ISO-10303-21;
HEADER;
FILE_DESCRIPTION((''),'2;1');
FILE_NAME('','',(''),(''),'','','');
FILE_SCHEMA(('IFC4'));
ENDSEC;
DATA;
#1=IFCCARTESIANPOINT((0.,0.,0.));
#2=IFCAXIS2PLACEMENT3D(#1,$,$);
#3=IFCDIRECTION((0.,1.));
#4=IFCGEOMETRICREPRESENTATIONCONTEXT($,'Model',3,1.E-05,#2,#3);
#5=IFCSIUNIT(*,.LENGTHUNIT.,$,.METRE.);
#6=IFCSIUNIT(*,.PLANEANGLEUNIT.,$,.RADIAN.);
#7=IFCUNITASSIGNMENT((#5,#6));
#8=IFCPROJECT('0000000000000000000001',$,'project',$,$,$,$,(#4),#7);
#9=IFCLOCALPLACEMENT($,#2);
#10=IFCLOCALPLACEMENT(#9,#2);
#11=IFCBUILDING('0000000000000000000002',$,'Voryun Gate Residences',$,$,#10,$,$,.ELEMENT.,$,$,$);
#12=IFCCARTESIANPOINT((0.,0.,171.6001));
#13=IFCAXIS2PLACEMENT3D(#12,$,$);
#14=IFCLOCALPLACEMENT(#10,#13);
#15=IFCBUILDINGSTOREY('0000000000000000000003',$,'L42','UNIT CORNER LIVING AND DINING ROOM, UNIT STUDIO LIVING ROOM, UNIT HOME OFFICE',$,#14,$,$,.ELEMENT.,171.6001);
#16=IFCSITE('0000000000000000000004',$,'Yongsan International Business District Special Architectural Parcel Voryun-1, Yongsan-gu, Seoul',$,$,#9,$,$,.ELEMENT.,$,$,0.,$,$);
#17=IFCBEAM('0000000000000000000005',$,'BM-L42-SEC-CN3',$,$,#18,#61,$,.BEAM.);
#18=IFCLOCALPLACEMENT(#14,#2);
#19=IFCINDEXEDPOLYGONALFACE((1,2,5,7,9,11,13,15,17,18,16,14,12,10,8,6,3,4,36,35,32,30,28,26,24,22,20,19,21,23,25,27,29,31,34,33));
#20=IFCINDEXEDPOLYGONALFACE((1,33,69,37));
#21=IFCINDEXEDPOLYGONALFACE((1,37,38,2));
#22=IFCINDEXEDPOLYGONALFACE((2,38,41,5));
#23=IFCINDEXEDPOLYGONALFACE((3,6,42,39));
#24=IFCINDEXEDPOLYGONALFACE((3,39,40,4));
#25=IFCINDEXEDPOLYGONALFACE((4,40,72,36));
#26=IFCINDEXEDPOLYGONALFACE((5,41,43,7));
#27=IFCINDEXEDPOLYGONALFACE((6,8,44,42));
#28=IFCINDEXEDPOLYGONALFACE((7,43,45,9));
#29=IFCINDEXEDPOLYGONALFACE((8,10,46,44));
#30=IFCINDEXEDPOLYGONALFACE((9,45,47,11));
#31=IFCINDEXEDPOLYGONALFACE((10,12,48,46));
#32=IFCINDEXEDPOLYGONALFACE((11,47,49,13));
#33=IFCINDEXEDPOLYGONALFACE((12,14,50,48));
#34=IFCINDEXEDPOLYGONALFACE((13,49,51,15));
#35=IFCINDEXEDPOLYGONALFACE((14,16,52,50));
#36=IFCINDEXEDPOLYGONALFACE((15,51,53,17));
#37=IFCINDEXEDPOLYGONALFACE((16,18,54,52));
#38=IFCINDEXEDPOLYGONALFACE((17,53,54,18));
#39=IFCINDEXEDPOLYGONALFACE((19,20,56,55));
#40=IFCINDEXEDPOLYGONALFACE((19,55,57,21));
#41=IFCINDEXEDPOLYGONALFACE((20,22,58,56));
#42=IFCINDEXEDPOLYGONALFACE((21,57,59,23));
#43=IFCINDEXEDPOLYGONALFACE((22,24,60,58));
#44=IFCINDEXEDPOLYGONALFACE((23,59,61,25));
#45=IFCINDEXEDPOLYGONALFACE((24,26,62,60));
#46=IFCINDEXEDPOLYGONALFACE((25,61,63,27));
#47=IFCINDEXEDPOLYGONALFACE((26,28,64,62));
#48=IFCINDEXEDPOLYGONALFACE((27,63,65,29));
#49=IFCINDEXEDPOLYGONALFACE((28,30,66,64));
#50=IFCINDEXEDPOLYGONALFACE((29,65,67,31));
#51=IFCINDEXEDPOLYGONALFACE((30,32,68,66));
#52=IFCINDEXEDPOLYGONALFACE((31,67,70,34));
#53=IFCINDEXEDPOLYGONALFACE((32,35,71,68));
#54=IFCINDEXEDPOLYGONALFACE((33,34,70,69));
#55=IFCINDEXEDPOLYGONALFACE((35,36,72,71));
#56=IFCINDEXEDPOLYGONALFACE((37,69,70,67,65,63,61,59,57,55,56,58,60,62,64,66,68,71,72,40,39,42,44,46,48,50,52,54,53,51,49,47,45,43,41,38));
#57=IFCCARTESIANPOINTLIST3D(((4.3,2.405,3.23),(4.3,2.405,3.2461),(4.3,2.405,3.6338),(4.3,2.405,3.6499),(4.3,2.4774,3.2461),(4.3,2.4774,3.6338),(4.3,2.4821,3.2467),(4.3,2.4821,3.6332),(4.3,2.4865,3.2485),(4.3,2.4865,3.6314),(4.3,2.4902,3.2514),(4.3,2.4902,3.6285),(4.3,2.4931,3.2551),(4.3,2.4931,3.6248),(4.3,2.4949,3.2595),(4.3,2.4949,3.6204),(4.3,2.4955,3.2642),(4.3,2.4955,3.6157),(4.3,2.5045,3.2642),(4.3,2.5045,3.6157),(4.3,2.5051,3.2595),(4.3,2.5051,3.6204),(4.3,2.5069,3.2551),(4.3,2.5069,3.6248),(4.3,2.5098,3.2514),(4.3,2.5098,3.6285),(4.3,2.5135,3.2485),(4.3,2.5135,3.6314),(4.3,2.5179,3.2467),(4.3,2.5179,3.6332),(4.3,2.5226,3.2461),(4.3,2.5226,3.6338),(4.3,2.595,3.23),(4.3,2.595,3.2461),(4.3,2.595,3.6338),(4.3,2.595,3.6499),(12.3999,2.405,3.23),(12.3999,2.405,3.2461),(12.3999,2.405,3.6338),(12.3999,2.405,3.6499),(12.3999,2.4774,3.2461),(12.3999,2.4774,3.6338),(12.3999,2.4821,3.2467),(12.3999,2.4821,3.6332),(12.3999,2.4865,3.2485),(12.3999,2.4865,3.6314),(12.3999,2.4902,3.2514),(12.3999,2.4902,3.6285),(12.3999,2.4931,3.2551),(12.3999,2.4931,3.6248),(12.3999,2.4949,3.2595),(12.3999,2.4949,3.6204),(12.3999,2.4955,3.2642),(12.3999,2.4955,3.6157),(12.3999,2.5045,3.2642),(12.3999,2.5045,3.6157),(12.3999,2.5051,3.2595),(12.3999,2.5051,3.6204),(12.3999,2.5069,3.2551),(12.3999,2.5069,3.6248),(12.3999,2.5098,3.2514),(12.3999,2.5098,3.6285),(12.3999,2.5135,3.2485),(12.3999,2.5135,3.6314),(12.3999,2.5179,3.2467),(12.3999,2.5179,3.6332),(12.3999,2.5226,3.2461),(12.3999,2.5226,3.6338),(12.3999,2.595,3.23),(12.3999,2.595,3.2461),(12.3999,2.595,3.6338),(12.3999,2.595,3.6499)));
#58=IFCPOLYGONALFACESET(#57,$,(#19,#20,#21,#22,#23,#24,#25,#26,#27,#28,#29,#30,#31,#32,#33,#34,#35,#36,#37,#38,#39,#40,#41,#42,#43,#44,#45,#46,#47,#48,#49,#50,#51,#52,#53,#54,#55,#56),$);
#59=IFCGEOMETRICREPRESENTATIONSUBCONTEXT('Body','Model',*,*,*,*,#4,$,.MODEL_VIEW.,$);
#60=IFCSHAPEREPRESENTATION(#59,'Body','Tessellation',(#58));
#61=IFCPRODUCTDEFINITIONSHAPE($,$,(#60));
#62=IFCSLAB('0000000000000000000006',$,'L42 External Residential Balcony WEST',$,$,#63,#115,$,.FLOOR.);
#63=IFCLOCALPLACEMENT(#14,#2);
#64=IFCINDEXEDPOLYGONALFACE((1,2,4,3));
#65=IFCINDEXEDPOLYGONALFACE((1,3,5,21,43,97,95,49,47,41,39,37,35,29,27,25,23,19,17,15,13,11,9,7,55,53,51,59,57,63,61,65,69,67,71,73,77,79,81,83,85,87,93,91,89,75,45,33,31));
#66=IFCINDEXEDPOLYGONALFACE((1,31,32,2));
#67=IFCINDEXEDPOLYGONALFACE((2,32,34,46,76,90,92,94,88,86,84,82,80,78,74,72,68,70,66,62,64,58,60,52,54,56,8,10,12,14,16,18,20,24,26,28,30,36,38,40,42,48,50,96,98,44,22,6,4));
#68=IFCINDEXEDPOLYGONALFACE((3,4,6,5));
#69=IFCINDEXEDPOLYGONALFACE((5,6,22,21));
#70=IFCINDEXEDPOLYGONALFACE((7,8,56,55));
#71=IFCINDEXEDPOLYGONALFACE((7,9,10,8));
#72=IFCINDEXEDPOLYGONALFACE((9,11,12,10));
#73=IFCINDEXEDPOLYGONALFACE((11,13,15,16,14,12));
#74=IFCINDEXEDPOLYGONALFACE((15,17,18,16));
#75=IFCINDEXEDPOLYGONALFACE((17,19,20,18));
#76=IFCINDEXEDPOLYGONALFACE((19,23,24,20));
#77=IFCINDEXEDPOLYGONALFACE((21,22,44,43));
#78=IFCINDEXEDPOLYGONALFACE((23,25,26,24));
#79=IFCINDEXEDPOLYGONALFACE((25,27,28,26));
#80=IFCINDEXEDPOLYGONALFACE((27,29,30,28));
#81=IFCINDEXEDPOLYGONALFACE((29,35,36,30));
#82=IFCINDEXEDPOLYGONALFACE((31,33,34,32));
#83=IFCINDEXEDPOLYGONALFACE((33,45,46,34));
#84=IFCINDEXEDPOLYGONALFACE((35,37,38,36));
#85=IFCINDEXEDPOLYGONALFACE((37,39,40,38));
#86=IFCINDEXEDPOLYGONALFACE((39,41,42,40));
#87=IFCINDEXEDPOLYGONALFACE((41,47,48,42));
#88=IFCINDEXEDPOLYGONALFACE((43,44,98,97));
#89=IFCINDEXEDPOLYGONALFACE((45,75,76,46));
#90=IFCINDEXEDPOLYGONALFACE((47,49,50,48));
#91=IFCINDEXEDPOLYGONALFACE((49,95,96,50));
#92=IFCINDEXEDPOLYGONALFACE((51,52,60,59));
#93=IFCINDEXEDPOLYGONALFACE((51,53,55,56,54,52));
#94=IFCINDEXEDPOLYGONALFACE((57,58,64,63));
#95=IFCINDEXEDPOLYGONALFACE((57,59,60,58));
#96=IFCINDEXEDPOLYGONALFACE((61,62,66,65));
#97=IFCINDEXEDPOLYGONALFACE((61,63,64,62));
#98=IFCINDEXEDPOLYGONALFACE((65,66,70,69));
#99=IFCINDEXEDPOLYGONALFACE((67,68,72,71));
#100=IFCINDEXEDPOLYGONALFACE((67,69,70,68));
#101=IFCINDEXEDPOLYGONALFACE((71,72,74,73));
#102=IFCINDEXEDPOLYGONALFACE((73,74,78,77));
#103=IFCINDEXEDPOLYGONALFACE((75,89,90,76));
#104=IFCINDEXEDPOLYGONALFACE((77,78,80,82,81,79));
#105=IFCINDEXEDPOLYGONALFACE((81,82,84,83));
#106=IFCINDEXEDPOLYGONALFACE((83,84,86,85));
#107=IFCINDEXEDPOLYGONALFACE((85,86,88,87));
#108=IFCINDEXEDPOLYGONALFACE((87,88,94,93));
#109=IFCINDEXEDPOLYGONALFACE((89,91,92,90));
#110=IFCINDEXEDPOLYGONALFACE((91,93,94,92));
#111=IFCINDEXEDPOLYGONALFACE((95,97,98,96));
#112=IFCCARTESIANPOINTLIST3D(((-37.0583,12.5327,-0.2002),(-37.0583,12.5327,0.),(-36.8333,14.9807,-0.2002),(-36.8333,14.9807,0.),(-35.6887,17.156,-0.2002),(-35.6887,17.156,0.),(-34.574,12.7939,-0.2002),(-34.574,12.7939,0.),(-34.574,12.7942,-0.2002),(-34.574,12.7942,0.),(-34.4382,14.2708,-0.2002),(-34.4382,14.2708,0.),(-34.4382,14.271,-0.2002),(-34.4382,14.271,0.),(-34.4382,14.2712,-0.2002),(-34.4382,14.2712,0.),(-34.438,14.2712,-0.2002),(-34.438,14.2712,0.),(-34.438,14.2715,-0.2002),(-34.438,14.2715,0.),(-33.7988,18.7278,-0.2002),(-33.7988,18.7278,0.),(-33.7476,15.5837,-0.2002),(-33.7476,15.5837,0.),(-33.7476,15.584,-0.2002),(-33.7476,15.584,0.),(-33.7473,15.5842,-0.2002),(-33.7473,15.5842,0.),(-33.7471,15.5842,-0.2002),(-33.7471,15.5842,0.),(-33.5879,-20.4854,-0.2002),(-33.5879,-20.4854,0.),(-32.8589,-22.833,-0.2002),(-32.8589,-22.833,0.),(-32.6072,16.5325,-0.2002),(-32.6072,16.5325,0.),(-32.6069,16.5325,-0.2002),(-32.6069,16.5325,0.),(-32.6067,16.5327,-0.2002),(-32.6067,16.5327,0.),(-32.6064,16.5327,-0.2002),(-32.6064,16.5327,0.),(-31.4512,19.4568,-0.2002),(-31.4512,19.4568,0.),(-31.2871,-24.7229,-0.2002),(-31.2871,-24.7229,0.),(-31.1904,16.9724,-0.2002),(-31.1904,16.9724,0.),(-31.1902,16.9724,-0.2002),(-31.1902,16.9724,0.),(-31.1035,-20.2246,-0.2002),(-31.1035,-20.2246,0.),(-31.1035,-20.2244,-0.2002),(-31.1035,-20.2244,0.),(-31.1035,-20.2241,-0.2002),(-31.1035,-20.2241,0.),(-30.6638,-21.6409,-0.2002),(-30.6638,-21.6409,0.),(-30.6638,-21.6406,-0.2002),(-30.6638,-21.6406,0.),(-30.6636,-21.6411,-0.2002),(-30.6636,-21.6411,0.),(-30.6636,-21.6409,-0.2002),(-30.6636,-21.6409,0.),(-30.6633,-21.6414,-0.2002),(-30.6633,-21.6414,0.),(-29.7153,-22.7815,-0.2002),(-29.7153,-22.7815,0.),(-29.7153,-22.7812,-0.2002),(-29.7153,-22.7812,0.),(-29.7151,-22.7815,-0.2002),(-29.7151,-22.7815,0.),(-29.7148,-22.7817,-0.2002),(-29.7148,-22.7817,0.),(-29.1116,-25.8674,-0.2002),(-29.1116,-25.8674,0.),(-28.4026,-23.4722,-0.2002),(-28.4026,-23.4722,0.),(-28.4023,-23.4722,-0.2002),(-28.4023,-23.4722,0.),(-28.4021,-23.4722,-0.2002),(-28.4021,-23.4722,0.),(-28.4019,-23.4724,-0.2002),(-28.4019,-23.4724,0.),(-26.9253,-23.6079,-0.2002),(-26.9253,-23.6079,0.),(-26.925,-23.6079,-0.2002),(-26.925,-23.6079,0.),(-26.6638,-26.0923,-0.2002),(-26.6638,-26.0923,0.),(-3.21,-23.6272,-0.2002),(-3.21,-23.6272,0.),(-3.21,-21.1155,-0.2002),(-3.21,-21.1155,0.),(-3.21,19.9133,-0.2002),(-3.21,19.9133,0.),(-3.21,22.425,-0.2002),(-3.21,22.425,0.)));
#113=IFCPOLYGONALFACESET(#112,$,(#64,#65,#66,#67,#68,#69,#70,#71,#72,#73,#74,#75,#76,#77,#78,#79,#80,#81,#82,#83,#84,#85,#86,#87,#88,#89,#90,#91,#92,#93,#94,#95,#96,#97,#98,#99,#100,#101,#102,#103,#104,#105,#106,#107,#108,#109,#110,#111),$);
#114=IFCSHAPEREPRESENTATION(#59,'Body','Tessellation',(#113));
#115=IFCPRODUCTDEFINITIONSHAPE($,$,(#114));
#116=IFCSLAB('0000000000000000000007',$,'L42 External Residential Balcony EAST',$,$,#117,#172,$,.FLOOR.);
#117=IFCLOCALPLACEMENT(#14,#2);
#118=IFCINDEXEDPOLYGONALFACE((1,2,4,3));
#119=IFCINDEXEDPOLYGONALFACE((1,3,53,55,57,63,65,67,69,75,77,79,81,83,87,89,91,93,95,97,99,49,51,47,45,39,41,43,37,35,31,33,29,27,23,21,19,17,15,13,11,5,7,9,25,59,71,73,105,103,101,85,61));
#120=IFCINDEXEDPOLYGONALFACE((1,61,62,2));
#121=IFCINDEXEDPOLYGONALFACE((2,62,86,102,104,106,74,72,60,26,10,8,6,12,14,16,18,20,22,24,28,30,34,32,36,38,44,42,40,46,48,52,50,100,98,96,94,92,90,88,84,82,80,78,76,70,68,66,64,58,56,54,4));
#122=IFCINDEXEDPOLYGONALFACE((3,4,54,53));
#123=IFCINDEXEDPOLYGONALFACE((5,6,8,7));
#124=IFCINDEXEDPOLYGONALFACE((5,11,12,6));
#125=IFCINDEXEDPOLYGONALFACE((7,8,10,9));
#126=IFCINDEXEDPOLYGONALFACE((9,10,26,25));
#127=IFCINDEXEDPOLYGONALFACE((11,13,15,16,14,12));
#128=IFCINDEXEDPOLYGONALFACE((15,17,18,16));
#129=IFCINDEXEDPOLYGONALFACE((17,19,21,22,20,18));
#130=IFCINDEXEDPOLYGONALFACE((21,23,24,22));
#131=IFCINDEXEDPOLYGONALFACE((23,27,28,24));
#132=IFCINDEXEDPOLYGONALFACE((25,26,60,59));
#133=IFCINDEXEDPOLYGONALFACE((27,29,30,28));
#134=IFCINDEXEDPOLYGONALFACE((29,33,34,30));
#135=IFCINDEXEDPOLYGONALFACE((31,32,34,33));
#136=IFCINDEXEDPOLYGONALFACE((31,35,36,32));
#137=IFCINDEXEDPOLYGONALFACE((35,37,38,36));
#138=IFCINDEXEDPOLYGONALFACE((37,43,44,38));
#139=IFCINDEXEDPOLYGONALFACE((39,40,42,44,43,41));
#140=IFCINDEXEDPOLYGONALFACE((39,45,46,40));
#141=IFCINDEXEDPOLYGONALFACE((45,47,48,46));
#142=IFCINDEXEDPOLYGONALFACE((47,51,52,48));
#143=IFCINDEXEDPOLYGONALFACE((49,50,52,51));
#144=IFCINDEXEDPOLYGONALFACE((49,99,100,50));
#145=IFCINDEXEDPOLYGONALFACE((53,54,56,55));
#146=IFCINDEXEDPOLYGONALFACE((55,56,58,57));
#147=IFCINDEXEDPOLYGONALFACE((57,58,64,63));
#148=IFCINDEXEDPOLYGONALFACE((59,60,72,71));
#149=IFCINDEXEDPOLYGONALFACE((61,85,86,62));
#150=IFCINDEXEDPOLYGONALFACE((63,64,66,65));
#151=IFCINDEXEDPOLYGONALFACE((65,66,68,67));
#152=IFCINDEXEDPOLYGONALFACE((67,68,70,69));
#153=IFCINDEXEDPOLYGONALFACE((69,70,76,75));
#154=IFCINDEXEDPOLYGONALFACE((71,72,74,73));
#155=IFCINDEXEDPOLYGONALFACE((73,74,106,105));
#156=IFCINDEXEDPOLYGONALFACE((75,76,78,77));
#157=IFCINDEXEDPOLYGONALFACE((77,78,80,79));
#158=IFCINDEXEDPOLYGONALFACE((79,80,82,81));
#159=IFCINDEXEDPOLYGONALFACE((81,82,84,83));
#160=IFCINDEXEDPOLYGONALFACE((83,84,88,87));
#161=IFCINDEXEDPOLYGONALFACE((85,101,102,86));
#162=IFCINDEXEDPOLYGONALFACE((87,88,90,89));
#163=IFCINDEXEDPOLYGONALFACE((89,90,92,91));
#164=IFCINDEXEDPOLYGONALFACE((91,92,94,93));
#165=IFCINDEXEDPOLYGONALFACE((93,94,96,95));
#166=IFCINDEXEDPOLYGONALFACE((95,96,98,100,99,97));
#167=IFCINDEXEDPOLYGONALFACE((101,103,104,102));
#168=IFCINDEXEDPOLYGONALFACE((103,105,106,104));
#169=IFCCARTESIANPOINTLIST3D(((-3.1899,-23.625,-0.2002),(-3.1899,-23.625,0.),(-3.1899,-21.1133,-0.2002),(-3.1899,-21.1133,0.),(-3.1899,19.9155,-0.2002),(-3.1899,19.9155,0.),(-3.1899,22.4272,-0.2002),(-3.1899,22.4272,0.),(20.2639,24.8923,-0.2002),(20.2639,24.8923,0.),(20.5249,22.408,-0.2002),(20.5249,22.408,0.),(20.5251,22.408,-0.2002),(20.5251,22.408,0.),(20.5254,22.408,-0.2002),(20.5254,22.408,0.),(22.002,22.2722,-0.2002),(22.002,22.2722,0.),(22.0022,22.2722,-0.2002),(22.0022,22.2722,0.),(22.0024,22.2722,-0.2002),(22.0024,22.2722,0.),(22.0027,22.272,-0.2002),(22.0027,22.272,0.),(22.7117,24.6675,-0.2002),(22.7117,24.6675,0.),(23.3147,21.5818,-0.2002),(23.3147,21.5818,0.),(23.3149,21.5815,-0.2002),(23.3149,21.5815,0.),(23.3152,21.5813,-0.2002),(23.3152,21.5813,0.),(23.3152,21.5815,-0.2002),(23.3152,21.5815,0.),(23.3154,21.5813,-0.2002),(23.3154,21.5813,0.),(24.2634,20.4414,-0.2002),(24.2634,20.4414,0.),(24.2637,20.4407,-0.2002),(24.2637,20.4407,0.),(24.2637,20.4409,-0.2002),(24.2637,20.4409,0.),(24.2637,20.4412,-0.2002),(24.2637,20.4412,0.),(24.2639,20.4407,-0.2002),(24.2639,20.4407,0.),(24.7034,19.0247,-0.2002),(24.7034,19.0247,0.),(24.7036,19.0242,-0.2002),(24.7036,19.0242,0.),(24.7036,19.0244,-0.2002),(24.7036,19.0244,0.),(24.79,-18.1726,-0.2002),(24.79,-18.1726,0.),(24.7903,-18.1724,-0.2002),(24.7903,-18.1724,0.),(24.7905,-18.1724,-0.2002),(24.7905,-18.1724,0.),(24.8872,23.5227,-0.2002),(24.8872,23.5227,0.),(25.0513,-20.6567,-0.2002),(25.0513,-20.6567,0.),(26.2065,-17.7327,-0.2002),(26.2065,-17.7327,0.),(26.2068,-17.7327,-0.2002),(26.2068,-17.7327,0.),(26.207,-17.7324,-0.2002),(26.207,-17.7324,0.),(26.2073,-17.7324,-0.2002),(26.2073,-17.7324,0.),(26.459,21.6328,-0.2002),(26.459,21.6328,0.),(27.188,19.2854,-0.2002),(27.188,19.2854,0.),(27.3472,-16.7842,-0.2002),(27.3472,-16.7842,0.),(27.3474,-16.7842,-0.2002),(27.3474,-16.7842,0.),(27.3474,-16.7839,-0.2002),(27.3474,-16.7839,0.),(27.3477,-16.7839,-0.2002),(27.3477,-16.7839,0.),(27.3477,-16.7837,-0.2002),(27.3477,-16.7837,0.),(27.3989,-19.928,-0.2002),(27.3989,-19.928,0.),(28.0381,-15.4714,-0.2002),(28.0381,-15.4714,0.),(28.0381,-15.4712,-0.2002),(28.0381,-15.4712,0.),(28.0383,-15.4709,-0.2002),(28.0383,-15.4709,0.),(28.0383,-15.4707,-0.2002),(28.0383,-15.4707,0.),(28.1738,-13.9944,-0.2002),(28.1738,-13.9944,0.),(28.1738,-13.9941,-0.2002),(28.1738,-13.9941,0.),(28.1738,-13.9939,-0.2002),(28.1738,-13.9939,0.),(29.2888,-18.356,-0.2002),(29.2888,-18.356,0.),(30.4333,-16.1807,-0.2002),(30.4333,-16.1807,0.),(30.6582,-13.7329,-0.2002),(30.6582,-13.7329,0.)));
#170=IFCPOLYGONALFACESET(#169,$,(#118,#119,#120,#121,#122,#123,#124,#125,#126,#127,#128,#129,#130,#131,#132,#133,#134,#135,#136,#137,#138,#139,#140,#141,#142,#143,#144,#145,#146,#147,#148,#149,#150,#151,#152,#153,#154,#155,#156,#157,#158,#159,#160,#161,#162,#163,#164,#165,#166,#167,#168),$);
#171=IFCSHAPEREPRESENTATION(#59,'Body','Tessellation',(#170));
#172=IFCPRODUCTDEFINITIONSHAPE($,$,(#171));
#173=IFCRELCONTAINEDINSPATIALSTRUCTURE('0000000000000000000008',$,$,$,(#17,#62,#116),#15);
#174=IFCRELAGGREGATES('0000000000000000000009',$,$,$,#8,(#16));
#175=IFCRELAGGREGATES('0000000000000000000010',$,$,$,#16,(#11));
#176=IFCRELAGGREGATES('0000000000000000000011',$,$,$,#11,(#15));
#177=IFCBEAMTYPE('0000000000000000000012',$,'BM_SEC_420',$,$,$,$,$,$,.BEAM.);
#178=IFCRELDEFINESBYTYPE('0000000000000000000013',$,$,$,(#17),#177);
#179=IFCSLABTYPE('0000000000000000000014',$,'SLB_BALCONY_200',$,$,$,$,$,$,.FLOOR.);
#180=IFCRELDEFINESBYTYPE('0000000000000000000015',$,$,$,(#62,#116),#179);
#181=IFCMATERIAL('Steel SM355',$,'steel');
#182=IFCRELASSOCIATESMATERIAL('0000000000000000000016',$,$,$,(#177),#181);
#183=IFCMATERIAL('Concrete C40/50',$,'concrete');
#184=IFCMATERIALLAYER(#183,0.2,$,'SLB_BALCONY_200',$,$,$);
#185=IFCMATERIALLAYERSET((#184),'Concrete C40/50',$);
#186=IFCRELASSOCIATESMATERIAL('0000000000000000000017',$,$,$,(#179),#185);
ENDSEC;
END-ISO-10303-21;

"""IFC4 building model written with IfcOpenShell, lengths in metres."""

from ifc_helpers import new_model, si_unit, direction, frame, origin, origin_2d, place, context, subcontext, project, spatial, polyline, i_section, outline, extrude, material, layer, layer_set, material_profile, profile_set, type_object, element, save


model = new_model("IFC4")

# Units and contexts
model_context = context("Model", 3, precision=1e-05, world=origin(), true_north=direction((0.0, 1.0)))
body_context = subcontext(model_context, "Body", "Model", "MODEL_VIEW")
ifc_project = project(units=[si_unit("LENGTHUNIT", "METRE"), si_unit("PLANEANGLEUNIT", "RADIAN")], contexts=[model_context])

# Site, building, storey
site_placement = place(None, origin())
site = spatial("IfcSite", under=ifc_project, at=site_placement, Name="Yongsan International Business District Special Architectural Parcel Voryun-1, Yongsan-gu, Seoul", CompositionType="ELEMENT", RefElevation=0.0)
building_placement = place(site_placement, origin())
building = spatial("IfcBuilding", under=site, at=building_placement, Name="Voryun Gate Residences", CompositionType="ELEMENT")
storey_placement = place(building_placement, frame((0.0, 0.0, 171.6001)))
storey = spatial("IfcBuildingStorey", under=building, at=storey_placement, Name="L42", Description="UNIT CORNER LIVING AND DINING ROOM, UNIT STUDIO LIVING ROOM, UNIT HOME OFFICE", CompositionType="ELEMENT", Elevation=171.6001)

# Beam
ifc_material_1 = material(Name="Steel SM355", Category="steel")
ifc_material_profile_1 = material_profile(ifc_material_1, i_section(OverallWidth=0.1899, OverallDepth=0.4199, WebThickness=0.009, FlangeThickness=0.0161, FilletRadius=0.0181, at=origin_2d()), Name="H-420x190x9x16")
ifc_profile_set_1 = profile_set([ifc_material_profile_1], Name="Steel SM355")
beam_type_1 = type_object("IfcBeamType", Name="BM_SEC_420", PredefinedType="BEAM", material=ifc_profile_set_1)
for number, where, z_axis, x_axis, name in (
    (1, (4.3, 2.5, 3.4399), (1.0, 0.0, 0.0), (0.0, 1.0, 0.0), "BM-L42-SEC-CN3"),
):
    element("IfcBeam", number, at=place(storey_placement, frame(where, z_axis=z_axis, x_axis=x_axis)), inside=storey, type_object=beam_type_1, Name=name, PredefinedType="BEAM", context=body_context, shape_type="SweptSolid", body=[
        extrude(i_section(OverallWidth=0.1899, OverallDepth=0.4199, WebThickness=0.009, FlangeThickness=0.0161, FilletRadius=0.0181, at=origin_2d()), origin(), (0.0, 0.0, 1.0), 8.0999),
    ])

# Slabs
ifc_material_2 = material(Name="Concrete C40/50", Category="concrete")
ifc_layer_1 = layer(ifc_material_2, 0.2, Name="SLB_BALCONY_200")
ifc_layer_set_1 = layer_set([ifc_layer_1], Name="Concrete C40/50")
slab_type_1 = type_object("IfcSlabType", Name="SLB_BALCONY_200", PredefinedType="FLOOR", material=ifc_layer_set_1)
slab_1_placement = place(storey_placement, frame((0.0, 0.0, -0.2002)))
element("IfcSlab", 2, at=slab_1_placement, inside=storey, type_object=slab_type_1, Name="L42 External Residential Balcony WEST", PredefinedType="FLOOR", context=body_context, shape_type="SweptSolid", body=[
    extrude(outline(polyline([(-29.1116, -25.8674), (-31.2871, -24.7229), (-32.8589, -22.833), (-33.5879, -20.4854), (-37.0583, 12.5327), (-36.8333, 14.9807), (-35.6887, 17.156), (-33.7988, 18.7278), (-31.4512, 19.4568), (-3.21, 22.425), (-3.21, 19.9133), (-31.1902, 16.9724), (-31.1904, 16.9724), (-31.1904, 16.9724), (-32.6064, 16.5327), (-32.6067, 16.5327), (-32.6069, 16.5325), (-32.6072, 16.5325), (-32.6072, 16.5325), (-33.7471, 15.5842), (-33.7473, 15.5842), (-33.7476, 15.584), (-33.7476, 15.5837), (-33.7476, 15.5837), (-34.438, 14.2715), (-34.438, 14.2712), (-34.4382, 14.2712), (-34.4382, 14.271), (-34.4382, 14.2708), (-34.574, 12.7942), (-34.574, 12.7942), (-34.574, 12.7939), (-31.1035, -20.2241), (-31.1035, -20.2244), (-31.1035, -20.2246), (-30.6638, -21.6406), (-30.6638, -21.6409), (-30.6636, -21.6409), (-30.6636, -21.6411), (-30.6633, -21.6414), (-29.7153, -22.7812), (-29.7153, -22.7815), (-29.7151, -22.7815), (-29.7148, -22.7817), (-29.7148, -22.7817), (-28.4026, -23.4722), (-28.4023, -23.4722), (-28.4021, -23.4722), (-28.4021, -23.4722), (-28.4019, -23.4724), (-26.9253, -23.6079), (-26.9253, -23.6079), (-26.925, -23.6079), (-3.21, -21.1155), (-3.21, -23.6272), (-26.6638, -26.0923), (-29.1116, -25.8674)])), origin(), (0.0, 0.0, 1.0), 0.2002),
])
slab_2_placement = place(storey_placement, frame((0.0, 0.0, -0.2002)))
element("IfcSlab", 3, at=slab_2_placement, inside=storey, type_object=slab_type_1, Name="L42 External Residential Balcony EAST", PredefinedType="FLOOR", context=body_context, shape_type="SweptSolid", body=[
    extrude(outline(polyline([(20.2639, 24.8923), (22.7117, 24.6675), (24.8872, 23.5227), (26.459, 21.6328), (27.188, 19.2854), (30.6582, -13.7329), (30.4333, -16.1807), (29.2888, -18.356), (27.3989, -19.928), (25.0513, -20.6567), (-3.1899, -23.625), (-3.1899, -21.1133), (24.79, -18.1726), (24.7903, -18.1724), (24.7905, -18.1724), (26.2065, -17.7327), (26.2068, -17.7327), (26.2068, -17.7327), (26.207, -17.7324), (26.2073, -17.7324), (27.3472, -16.7842), (27.3474, -16.7842), (27.3474, -16.7839), (27.3477, -16.7839), (27.3477, -16.7837), (28.0381, -15.4714), (28.0381, -15.4714), (28.0381, -15.4712), (28.0383, -15.4709), (28.0383, -15.4707), (28.1738, -13.9944), (28.1738, -13.9941), (28.1738, -13.9939), (24.7036, 19.0242), (24.7036, 19.0244), (24.7034, 19.0247), (24.2639, 20.4407), (24.2637, 20.4407), (24.2637, 20.4409), (24.2637, 20.4412), (24.2634, 20.4414), (23.3154, 21.5813), (23.3152, 21.5813), (23.3152, 21.5815), (23.3149, 21.5815), (23.3147, 21.5818), (22.0027, 22.272), (22.0024, 22.2722), (22.0022, 22.2722), (22.002, 22.2722), (22.002, 22.2722), (20.5254, 22.408), (20.5251, 22.408), (20.5249, 22.408), (-3.1899, 19.9155), (-3.1899, 22.4272), (20.2639, 24.8923)])), origin(), (0.0, 0.0, 1.0), 0.2002),
])

save(model, "model.ifc")
